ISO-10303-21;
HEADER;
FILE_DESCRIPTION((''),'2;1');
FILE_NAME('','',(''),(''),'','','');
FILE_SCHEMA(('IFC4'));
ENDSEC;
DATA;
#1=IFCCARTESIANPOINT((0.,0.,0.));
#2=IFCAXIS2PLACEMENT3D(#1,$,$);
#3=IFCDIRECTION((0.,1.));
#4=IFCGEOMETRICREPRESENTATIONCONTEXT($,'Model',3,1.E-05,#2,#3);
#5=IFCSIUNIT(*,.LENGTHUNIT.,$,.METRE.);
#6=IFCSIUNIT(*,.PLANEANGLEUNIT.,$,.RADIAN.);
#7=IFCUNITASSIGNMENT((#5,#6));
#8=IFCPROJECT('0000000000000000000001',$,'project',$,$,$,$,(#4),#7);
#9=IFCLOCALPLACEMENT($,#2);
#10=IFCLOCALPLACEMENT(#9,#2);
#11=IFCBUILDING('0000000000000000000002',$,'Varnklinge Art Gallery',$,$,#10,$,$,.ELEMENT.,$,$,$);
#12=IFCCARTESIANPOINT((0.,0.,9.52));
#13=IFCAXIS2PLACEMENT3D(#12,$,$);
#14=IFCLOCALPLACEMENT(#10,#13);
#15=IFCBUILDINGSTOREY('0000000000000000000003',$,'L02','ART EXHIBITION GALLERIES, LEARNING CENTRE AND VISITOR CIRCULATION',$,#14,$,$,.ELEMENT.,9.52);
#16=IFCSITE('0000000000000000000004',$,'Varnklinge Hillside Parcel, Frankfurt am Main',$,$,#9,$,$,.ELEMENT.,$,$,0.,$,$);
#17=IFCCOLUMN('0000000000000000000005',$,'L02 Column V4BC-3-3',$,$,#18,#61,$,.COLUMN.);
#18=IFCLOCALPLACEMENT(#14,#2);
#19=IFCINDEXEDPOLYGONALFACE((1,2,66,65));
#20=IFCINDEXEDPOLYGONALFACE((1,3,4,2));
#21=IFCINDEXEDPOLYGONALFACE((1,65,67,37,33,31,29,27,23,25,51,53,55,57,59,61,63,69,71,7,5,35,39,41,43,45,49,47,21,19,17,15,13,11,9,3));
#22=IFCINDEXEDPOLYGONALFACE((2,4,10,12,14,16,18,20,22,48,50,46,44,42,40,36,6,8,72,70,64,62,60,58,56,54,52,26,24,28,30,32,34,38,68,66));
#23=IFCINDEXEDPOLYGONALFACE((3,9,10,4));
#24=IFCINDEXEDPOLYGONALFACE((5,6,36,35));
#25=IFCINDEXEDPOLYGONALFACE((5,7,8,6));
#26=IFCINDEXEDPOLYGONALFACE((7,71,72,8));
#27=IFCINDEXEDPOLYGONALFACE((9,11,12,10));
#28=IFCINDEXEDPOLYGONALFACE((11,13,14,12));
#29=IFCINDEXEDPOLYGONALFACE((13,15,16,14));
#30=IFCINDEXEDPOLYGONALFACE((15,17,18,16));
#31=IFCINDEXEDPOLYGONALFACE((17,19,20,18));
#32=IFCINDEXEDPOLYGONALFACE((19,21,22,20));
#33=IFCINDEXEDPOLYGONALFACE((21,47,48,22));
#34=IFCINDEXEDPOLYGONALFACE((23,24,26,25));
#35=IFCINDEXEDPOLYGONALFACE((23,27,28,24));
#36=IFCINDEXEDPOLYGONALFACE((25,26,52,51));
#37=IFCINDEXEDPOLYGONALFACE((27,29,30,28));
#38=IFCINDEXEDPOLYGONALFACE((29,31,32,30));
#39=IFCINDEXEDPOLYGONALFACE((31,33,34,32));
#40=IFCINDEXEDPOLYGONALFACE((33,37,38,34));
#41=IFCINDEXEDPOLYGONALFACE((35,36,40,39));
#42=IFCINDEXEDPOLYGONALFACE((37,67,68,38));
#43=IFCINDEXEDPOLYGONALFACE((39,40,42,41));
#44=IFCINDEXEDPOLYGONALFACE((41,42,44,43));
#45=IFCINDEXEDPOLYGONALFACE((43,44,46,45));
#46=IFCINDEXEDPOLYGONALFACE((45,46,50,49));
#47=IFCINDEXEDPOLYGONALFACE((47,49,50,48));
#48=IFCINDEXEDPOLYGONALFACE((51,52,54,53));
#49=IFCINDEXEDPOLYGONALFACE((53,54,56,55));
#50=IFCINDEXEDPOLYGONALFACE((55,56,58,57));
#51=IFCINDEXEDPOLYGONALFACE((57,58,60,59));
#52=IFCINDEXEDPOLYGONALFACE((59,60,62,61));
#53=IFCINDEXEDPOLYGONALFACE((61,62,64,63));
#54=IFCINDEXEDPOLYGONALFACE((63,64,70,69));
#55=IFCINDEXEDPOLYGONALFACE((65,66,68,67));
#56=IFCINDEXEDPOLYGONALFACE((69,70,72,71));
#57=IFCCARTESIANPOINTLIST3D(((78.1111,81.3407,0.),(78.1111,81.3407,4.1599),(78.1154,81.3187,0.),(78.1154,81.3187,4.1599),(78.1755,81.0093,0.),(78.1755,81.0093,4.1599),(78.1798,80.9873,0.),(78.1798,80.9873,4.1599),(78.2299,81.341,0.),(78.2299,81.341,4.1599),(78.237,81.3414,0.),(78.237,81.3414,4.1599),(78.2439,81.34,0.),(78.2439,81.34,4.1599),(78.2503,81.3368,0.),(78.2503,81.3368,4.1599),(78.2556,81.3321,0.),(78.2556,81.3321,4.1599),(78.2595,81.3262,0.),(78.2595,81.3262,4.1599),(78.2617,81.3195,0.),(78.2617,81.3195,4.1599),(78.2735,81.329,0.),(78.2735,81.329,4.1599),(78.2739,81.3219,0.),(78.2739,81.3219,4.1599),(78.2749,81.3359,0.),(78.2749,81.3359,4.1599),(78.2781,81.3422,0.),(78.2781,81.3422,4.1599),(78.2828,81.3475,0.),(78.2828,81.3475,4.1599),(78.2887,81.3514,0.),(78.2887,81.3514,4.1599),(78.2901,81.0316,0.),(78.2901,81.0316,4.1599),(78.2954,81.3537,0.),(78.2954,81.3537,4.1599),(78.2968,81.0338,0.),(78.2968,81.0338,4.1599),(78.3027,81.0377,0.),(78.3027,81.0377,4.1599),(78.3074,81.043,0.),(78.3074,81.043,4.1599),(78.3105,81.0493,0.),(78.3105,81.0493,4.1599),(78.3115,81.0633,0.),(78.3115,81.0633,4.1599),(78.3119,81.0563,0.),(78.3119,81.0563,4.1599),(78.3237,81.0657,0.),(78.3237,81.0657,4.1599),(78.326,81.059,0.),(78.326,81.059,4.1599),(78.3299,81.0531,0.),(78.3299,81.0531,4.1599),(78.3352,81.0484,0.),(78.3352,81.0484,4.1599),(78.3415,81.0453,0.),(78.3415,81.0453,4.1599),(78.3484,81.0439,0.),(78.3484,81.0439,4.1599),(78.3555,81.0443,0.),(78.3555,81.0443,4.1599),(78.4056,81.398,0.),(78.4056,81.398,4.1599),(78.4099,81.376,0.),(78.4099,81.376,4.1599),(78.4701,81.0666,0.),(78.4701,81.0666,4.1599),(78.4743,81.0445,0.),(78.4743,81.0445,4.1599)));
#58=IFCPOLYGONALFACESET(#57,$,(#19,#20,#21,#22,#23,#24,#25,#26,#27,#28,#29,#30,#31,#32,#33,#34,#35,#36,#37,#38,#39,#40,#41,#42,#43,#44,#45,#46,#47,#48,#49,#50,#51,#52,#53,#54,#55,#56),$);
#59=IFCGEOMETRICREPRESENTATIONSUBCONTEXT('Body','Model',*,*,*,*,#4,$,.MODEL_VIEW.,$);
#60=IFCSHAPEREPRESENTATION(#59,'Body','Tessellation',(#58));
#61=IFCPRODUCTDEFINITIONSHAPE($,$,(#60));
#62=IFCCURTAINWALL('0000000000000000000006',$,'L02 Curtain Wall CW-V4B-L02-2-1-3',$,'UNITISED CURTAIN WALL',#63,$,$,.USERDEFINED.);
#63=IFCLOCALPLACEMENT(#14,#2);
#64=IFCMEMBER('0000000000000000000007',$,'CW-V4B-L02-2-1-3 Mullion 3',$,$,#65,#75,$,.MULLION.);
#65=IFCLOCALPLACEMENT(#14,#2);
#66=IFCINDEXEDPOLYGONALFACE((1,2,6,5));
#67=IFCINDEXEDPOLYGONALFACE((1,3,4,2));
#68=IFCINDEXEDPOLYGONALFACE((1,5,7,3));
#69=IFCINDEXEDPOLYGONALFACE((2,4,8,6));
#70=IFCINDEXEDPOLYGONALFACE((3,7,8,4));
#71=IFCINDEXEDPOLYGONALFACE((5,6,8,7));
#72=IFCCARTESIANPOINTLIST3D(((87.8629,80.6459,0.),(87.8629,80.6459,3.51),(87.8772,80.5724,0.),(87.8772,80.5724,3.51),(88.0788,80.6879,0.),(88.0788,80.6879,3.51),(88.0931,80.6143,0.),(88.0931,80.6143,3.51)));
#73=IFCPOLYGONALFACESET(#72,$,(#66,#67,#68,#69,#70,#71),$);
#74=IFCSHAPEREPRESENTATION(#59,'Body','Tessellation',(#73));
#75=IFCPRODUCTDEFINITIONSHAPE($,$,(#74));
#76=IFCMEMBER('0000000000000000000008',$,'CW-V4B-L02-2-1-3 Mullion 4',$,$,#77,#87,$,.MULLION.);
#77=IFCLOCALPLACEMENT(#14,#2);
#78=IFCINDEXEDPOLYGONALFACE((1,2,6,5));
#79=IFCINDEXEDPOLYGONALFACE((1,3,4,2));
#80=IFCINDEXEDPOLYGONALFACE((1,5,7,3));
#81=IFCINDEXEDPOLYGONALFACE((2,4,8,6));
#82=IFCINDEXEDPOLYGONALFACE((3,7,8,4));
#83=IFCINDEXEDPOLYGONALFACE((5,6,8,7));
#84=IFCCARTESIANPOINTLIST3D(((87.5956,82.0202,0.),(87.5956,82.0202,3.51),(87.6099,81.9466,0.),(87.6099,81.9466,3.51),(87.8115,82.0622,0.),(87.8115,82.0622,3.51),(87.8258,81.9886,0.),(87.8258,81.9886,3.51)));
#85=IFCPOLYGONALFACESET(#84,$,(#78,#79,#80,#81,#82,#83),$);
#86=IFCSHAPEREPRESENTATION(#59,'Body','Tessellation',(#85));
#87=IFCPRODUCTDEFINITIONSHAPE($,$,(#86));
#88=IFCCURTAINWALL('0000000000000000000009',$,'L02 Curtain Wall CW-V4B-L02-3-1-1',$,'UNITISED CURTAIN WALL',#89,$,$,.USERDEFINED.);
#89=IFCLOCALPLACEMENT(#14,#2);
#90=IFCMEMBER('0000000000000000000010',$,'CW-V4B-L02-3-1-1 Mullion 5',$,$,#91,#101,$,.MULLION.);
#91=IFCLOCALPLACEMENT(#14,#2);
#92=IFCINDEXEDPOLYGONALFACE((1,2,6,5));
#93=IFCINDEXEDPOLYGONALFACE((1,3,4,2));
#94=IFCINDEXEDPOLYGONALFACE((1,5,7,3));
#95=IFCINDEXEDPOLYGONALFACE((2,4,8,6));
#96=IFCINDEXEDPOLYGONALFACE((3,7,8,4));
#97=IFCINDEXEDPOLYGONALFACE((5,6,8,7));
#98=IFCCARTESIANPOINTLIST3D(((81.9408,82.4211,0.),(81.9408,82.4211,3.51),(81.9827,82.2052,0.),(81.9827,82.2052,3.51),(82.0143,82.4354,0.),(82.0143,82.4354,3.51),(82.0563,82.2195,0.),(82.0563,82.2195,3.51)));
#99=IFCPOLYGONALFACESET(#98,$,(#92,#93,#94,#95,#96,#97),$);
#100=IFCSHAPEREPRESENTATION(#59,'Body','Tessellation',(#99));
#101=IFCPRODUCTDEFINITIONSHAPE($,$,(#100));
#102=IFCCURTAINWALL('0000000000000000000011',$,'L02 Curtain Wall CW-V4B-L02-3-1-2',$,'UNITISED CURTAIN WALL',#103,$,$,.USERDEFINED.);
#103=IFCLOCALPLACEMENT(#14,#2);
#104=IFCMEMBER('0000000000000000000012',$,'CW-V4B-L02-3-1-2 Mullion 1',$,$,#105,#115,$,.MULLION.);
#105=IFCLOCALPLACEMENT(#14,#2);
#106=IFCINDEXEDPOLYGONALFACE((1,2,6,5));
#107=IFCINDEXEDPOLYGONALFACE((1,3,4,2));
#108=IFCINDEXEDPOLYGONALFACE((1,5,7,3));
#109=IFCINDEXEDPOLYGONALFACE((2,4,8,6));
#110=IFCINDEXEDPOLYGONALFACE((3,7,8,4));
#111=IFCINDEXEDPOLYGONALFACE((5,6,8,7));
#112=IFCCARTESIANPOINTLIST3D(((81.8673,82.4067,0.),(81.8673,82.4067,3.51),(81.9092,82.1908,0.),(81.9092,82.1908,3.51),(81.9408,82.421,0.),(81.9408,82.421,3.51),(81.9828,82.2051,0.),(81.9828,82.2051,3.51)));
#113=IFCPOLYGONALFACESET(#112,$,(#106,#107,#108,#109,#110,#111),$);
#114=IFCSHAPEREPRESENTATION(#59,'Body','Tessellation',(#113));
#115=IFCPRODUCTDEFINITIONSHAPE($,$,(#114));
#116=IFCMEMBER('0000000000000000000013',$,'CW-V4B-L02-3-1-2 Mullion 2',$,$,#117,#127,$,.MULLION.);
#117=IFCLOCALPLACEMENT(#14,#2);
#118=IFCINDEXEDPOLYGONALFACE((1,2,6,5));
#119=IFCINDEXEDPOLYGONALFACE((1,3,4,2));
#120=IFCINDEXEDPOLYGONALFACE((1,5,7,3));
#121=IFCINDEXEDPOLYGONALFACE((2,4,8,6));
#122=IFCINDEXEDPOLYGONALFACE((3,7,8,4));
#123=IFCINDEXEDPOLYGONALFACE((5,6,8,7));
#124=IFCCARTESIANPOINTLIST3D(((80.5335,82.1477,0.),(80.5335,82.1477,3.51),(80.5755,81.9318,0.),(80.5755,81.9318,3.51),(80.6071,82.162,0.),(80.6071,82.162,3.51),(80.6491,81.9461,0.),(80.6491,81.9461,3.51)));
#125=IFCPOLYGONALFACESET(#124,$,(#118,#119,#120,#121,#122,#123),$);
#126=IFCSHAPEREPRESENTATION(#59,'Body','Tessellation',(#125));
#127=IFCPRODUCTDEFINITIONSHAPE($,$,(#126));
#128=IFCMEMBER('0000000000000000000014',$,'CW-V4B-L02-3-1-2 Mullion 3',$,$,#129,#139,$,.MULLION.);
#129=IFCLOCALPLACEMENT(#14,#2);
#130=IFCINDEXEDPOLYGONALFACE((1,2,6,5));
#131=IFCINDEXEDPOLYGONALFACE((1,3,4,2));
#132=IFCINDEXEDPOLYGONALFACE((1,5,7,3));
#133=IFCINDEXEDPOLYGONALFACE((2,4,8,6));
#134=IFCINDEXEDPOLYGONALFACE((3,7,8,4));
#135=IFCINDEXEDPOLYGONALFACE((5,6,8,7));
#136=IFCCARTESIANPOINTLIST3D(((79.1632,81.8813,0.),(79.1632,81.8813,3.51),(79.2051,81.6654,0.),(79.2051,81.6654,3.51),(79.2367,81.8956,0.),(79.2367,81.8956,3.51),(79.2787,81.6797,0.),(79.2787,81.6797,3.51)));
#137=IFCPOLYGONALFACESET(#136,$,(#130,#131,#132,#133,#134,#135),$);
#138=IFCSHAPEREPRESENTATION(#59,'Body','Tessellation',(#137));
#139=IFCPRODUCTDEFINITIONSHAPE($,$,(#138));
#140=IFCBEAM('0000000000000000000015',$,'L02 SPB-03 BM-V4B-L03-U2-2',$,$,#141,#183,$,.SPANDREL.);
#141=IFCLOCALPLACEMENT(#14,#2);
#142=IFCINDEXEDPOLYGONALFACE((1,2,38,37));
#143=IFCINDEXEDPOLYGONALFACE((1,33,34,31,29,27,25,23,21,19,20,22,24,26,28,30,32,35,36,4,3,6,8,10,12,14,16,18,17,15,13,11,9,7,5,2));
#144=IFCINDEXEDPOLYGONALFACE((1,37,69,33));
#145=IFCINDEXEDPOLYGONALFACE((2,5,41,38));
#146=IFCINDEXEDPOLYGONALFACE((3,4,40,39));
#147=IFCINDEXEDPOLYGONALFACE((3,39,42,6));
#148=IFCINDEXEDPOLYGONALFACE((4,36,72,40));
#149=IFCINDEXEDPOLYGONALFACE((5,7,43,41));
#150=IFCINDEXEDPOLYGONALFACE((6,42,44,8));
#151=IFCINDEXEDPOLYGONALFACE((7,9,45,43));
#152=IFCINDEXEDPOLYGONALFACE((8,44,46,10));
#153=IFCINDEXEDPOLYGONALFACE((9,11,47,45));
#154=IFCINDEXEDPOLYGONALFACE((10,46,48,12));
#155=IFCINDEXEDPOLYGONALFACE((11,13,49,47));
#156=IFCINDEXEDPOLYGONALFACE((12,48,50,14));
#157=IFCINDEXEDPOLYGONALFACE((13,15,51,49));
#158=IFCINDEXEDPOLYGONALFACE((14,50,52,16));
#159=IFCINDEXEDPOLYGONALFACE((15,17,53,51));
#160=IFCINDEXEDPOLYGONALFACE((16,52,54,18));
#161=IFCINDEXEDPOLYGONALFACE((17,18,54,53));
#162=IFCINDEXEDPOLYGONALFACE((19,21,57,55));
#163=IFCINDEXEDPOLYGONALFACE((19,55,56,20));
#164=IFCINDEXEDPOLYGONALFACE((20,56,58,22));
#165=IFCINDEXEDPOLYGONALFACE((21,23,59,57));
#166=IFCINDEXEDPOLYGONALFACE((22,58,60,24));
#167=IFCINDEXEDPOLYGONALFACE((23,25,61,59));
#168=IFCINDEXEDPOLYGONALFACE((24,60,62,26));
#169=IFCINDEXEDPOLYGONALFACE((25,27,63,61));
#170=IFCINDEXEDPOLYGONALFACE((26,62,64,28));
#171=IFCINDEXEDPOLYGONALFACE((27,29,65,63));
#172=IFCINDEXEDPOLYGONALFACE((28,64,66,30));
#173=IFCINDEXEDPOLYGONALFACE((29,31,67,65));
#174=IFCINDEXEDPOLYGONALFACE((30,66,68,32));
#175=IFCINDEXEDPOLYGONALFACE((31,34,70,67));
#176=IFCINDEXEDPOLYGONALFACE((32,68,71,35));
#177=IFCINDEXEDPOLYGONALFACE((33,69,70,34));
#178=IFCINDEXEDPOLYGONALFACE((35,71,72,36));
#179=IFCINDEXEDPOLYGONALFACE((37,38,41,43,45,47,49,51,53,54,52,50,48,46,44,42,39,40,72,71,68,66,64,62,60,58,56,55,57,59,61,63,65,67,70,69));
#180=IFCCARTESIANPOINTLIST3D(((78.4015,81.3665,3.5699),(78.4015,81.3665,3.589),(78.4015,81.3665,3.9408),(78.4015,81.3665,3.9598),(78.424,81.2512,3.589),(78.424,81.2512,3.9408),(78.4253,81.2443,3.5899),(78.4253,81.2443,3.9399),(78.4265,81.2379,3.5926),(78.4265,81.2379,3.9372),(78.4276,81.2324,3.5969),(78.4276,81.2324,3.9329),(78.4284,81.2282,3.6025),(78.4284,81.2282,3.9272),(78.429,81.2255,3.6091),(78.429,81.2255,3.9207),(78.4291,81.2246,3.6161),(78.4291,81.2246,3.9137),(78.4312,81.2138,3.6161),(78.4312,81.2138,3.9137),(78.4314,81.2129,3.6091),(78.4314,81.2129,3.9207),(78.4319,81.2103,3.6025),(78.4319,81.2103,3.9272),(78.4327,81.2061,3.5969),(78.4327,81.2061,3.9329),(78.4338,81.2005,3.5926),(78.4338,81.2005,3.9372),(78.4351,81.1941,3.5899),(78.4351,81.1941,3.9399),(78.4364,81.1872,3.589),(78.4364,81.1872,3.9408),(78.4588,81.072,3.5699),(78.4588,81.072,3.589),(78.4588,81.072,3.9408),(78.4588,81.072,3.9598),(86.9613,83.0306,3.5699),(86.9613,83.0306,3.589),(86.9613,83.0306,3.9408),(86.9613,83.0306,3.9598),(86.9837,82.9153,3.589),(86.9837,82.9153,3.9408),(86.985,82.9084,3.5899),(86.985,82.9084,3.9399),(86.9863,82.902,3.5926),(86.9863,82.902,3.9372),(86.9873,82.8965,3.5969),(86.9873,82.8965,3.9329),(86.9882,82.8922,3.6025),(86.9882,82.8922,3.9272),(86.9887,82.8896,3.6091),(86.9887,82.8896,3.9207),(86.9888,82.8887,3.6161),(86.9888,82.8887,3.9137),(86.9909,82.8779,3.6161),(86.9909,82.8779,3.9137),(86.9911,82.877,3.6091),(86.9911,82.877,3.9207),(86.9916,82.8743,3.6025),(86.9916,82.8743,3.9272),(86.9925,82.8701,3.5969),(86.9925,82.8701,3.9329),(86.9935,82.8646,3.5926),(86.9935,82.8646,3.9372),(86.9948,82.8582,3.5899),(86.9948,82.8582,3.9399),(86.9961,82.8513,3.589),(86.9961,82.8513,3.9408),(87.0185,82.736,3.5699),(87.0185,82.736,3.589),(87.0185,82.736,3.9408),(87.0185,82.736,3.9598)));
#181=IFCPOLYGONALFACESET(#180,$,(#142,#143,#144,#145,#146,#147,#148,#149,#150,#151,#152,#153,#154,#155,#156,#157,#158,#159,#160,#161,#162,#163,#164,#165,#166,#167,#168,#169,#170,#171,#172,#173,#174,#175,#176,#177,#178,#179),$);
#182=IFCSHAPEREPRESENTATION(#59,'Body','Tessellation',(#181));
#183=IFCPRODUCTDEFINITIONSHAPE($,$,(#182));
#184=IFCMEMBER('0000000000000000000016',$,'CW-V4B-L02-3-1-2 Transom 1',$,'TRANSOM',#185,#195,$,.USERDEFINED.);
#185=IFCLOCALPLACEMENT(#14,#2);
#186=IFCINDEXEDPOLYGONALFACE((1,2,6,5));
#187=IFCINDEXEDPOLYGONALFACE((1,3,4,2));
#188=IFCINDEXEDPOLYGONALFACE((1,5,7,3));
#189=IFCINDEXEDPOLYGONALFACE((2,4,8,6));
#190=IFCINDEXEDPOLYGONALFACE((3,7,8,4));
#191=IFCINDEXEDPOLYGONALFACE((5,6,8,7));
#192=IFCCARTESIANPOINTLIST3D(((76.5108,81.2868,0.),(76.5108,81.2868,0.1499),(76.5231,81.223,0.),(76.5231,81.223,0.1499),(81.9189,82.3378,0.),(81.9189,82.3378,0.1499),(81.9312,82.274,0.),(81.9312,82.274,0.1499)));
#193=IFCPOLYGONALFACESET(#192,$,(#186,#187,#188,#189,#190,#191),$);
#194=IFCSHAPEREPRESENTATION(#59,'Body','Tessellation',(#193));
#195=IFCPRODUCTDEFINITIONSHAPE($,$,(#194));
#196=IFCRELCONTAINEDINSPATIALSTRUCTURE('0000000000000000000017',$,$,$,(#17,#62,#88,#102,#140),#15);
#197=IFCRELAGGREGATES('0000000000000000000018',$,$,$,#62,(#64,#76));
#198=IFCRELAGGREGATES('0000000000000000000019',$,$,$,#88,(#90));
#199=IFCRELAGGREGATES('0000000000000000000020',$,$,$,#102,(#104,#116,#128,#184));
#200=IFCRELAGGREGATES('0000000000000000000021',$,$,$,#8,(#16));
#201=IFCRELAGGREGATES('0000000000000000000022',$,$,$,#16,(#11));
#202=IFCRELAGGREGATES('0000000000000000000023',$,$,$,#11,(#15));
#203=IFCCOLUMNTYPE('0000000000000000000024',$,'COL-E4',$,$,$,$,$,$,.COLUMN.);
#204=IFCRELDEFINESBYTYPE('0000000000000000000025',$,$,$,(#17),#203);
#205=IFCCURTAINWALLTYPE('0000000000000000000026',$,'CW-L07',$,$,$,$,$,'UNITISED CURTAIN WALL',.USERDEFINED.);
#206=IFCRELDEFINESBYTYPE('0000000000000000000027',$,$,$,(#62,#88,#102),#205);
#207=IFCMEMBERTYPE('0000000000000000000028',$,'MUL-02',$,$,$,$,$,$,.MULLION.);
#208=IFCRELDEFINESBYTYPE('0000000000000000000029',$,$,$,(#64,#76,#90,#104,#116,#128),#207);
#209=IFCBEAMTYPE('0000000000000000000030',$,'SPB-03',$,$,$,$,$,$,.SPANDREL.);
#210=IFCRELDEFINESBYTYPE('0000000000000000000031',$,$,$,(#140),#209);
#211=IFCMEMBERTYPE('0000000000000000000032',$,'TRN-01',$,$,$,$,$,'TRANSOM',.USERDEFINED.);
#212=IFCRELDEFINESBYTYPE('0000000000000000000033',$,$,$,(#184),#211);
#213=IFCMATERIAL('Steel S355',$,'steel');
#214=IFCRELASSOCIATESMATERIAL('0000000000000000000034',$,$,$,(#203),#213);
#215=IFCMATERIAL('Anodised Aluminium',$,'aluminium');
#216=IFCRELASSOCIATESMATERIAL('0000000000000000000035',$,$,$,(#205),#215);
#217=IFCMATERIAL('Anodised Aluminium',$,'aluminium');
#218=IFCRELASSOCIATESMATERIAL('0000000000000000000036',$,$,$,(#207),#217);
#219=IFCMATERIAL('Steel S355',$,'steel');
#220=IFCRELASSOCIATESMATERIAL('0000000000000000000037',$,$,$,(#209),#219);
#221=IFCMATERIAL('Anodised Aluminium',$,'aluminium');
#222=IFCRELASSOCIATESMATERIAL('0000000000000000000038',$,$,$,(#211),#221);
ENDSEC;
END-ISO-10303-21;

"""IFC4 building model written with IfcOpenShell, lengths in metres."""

from ifc_helpers import new_model, si_unit, direction, frame, origin, origin_2d, place, context, subcontext, project, spatial, rectangle, i_section, extrude, material, material_profile, profile_set, type_object, element, aggregate, save


model = new_model("IFC4")

# Units and contexts
model_context = context("Model", 3, precision=1e-05, world=origin(), true_north=direction((0.0, 1.0)))
body_context = subcontext(model_context, "Body", "Model", "MODEL_VIEW")
ifc_project = project(units=[si_unit("LENGTHUNIT", "METRE"), si_unit("PLANEANGLEUNIT", "RADIAN")], contexts=[model_context])

# Site, building, storey
site_placement = place(None, origin())
site = spatial("IfcSite", under=ifc_project, at=site_placement, Name="Varnklinge Hillside Parcel, Frankfurt am Main", CompositionType="ELEMENT", RefElevation=0.0)
building_placement = place(site_placement, origin())
building = spatial("IfcBuilding", under=site, at=building_placement, Name="Varnklinge Art Gallery", CompositionType="ELEMENT")
storey_placement = place(building_placement, frame((0.0, 0.0, 9.52)))
storey = spatial("IfcBuildingStorey", under=building, at=storey_placement, Name="L02", Description="ART EXHIBITION GALLERIES, LEARNING CENTRE AND VISITOR CIRCULATION", CompositionType="ELEMENT", Elevation=9.52)

# Column
ifc_material_1 = material(Name="Steel S355", Category="steel")
ifc_material_profile_1 = material_profile(ifc_material_1, i_section(OverallWidth=0.3, OverallDepth=0.3601, WebThickness=0.0125, FlangeThickness=0.0225, FilletRadius=0.0271, at=origin_2d()), Name="HEB 360")
ifc_profile_set_1 = profile_set([ifc_material_profile_1], Name="Steel S355")
column_type = type_object("IfcColumnType", Name="COL-E4", PredefinedType="COLUMN", material=ifc_profile_set_1)
column_placement = place(storey_placement, frame((78.2927, 81.1926, 0.0), z_axis=(0.0, 0.0, 1.0), x_axis=(0.981627, 0.190809, 0.0)))
element("IfcColumn", 1, at=column_placement, inside=storey, type_object=column_type, Name="L02 Column V4BC-3-3", PredefinedType="COLUMN", context=body_context, shape_type="SweptSolid", body=[
    extrude(i_section(OverallWidth=0.3, OverallDepth=0.3601, WebThickness=0.0125, FlangeThickness=0.0225, FilletRadius=0.0271, at=origin_2d()), origin(), (0.0, 0.0, 1.0), 4.1599),
])

# Curtain wall, members
ifc_material_2 = material(Name="Anodised Aluminium", Category="aluminium")
curtain_wall_type = type_object("IfcCurtainWallType", Name="CW-L07", ElementType="UNITISED CURTAIN WALL", PredefinedType="USERDEFINED", material=ifc_material_2)
curtain_wall_1_placement = place(storey_placement, origin())
curtain_wall_1 = element("IfcCurtainWall", 2, at=curtain_wall_1_placement, inside=storey, type_object=curtain_wall_type, Name="L02 Curtain Wall CW-V4B-L02-2-1-3", ObjectType="UNITISED CURTAIN WALL", PredefinedType="USERDEFINED")
ifc_material_3 = material(Name="Anodised Aluminium", Category="aluminium")
ifc_material_profile_2 = material_profile(ifc_material_3, rectangle(XDim=0.075, YDim=0.22, at=origin_2d()), Name="ALU 75x220")
ifc_profile_set_2 = profile_set([ifc_material_profile_2], Name="Anodised Aluminium")
member_type_1 = type_object("IfcMemberType", Name="MUL-02", PredefinedType="MULLION", material=ifc_profile_set_2)
member_1_placement = place(storey_placement, frame((87.978, 80.6301, 0.0), z_axis=(0.0, 0.0, 1.0), x_axis=(-0.190809, 0.981627, 0.0)))
member_1 = element("IfcMember", 3, at=member_1_placement, type_object=member_type_1, Name="CW-V4B-L02-2-1-3 Mullion 3", PredefinedType="MULLION", context=body_context, shape_type="SweptSolid", body=[
    extrude(rectangle(XDim=0.075, YDim=0.22, at=origin_2d()), origin(), (0.0, 0.0, 1.0), 3.51),
])
member_2_placement = place(storey_placement, frame((87.7107, 82.0044, 0.0), z_axis=(0.0, 0.0, 1.0), x_axis=(-0.190809, 0.981627, 0.0)))
member_2 = element("IfcMember", 4, at=member_2_placement, type_object=member_type_1, Name="CW-V4B-L02-2-1-3 Mullion 4", PredefinedType="MULLION", context=body_context, shape_type="SweptSolid", body=[
    extrude(rectangle(XDim=0.075, YDim=0.22, at=origin_2d()), origin(), (0.0, 0.0, 1.0), 3.51),
])

# Curtain wall, member
curtain_wall_2_placement = place(storey_placement, origin())
curtain_wall_2 = element("IfcCurtainWall", 5, at=curtain_wall_2_placement, inside=storey, type_object=curtain_wall_type, Name="L02 Curtain Wall CW-V4B-L02-3-1-1", ObjectType="UNITISED CURTAIN WALL", PredefinedType="USERDEFINED")
member_3_placement = place(storey_placement, frame((81.9985, 82.3203, 0.0), z_axis=(0.0, 0.0, 1.0), x_axis=(-0.981627, -0.190809, 0.0)))
member_3 = element("IfcMember", 6, at=member_3_placement, type_object=member_type_1, Name="CW-V4B-L02-3-1-1 Mullion 5", PredefinedType="MULLION", context=body_context, shape_type="SweptSolid", body=[
    extrude(rectangle(XDim=0.075, YDim=0.22, at=origin_2d()), origin(), (0.0, 0.0, 1.0), 3.51),
])

# Curtain wall, members
curtain_wall_3_placement = place(storey_placement, origin())
curtain_wall_3 = element("IfcCurtainWall", 7, at=curtain_wall_3_placement, inside=storey, type_object=curtain_wall_type, Name="L02 Curtain Wall CW-V4B-L02-3-1-2", ObjectType="UNITISED CURTAIN WALL", PredefinedType="USERDEFINED")
member_4_placement = place(storey_placement, frame((81.925, 82.3059, 0.0), z_axis=(0.0, 0.0, 1.0), x_axis=(-0.981627, -0.190809, 0.0)))
member_4 = element("IfcMember", 8, at=member_4_placement, type_object=member_type_1, Name="CW-V4B-L02-3-1-2 Mullion 1", PredefinedType="MULLION", context=body_context, shape_type="SweptSolid", body=[
    extrude(rectangle(XDim=0.075, YDim=0.22, at=origin_2d()), origin(), (0.0, 0.0, 1.0), 3.51),
])
member_5_placement = place(storey_placement, frame((80.5913, 82.0469, 0.0), z_axis=(0.0, 0.0, 1.0), x_axis=(-0.981627, -0.190809, 0.0)))
member_5 = element("IfcMember", 9, at=member_5_placement, type_object=member_type_1, Name="CW-V4B-L02-3-1-2 Mullion 2", PredefinedType="MULLION", context=body_context, shape_type="SweptSolid", body=[
    extrude(rectangle(XDim=0.075, YDim=0.22, at=origin_2d()), origin(), (0.0, 0.0, 1.0), 3.51),
])
member_6_placement = place(storey_placement, frame((79.2209, 81.7805, 0.0), z_axis=(0.0, 0.0, 1.0), x_axis=(-0.981627, -0.190809, 0.0)))
member_6 = element("IfcMember", 10, at=member_6_placement, type_object=member_type_1, Name="CW-V4B-L02-3-1-2 Mullion 3", PredefinedType="MULLION", context=body_context, shape_type="SweptSolid", body=[
    extrude(rectangle(XDim=0.075, YDim=0.22, at=origin_2d()), origin(), (0.0, 0.0, 1.0), 3.51),
])

# Beam
ifc_material_4 = material(Name="Steel S355", Category="steel")
ifc_material_profile_3 = material_profile(ifc_material_4, i_section(OverallWidth=0.3, OverallDepth=0.3899, WebThickness=0.011, FlangeThickness=0.019, FilletRadius=0.0271, at=origin_2d()), Name="HEA 400")
ifc_profile_set_3 = profile_set([ifc_material_profile_3], Name="Steel S355")
beam_type = type_object("IfcBeamType", Name="SPB-03", PredefinedType="SPANDREL", material=ifc_profile_set_3)
beam_placement = place(storey_placement, frame((78.4302, 81.2192, 3.7649), z_axis=(0.981623, 0.190831, 0.0), x_axis=(-0.190831, 0.981623, 0.0)))
element("IfcBeam", 11, at=beam_placement, inside=storey, type_object=beam_type, Name="L02 SPB-03 BM-V4B-L03-U2-2", PredefinedType="SPANDREL", context=body_context, shape_type="SweptSolid", body=[
    extrude(i_section(OverallWidth=0.3, OverallDepth=0.3899, WebThickness=0.011, FlangeThickness=0.019, FilletRadius=0.0271, at=origin_2d()), origin(), (0.0, 0.0, 1.0), 8.72),
])

# Member
ifc_material_5 = material(Name="Anodised Aluminium", Category="aluminium")
ifc_material_profile_4 = material_profile(ifc_material_5, rectangle(XDim=0.0649, YDim=0.1499, at=origin_2d()), Name="ALU 65x150")
ifc_profile_set_4 = profile_set([ifc_material_profile_4], Name="Anodised Aluminium")
member_type_2 = type_object("IfcMemberType", Name="TRN-01", ElementType="TRANSOM", PredefinedType="USERDEFINED", material=ifc_profile_set_4)
member_7_placement = place(storey_placement, frame((81.925, 82.3059, 0.075), z_axis=(-0.981635, -0.19077, 0.0), x_axis=(0.19077, -0.981635, 0.0)))
member_7 = element("IfcMember", 12, at=member_7_placement, type_object=member_type_2, Name="CW-V4B-L02-3-1-2 Transom 1", ObjectType="TRANSOM", PredefinedType="USERDEFINED", context=body_context, shape_type="SweptSolid", body=[
    extrude(rectangle(XDim=0.0649, YDim=0.1499, at=origin_2d()), origin(), (0.0, 0.0, 1.0), 5.5093),
])

aggregate(curtain_wall_1, [member_1, member_2])
aggregate(curtain_wall_2, [member_3])
aggregate(curtain_wall_3, [member_4, member_5, member_6, member_7])

save(model, "model.ifc")
